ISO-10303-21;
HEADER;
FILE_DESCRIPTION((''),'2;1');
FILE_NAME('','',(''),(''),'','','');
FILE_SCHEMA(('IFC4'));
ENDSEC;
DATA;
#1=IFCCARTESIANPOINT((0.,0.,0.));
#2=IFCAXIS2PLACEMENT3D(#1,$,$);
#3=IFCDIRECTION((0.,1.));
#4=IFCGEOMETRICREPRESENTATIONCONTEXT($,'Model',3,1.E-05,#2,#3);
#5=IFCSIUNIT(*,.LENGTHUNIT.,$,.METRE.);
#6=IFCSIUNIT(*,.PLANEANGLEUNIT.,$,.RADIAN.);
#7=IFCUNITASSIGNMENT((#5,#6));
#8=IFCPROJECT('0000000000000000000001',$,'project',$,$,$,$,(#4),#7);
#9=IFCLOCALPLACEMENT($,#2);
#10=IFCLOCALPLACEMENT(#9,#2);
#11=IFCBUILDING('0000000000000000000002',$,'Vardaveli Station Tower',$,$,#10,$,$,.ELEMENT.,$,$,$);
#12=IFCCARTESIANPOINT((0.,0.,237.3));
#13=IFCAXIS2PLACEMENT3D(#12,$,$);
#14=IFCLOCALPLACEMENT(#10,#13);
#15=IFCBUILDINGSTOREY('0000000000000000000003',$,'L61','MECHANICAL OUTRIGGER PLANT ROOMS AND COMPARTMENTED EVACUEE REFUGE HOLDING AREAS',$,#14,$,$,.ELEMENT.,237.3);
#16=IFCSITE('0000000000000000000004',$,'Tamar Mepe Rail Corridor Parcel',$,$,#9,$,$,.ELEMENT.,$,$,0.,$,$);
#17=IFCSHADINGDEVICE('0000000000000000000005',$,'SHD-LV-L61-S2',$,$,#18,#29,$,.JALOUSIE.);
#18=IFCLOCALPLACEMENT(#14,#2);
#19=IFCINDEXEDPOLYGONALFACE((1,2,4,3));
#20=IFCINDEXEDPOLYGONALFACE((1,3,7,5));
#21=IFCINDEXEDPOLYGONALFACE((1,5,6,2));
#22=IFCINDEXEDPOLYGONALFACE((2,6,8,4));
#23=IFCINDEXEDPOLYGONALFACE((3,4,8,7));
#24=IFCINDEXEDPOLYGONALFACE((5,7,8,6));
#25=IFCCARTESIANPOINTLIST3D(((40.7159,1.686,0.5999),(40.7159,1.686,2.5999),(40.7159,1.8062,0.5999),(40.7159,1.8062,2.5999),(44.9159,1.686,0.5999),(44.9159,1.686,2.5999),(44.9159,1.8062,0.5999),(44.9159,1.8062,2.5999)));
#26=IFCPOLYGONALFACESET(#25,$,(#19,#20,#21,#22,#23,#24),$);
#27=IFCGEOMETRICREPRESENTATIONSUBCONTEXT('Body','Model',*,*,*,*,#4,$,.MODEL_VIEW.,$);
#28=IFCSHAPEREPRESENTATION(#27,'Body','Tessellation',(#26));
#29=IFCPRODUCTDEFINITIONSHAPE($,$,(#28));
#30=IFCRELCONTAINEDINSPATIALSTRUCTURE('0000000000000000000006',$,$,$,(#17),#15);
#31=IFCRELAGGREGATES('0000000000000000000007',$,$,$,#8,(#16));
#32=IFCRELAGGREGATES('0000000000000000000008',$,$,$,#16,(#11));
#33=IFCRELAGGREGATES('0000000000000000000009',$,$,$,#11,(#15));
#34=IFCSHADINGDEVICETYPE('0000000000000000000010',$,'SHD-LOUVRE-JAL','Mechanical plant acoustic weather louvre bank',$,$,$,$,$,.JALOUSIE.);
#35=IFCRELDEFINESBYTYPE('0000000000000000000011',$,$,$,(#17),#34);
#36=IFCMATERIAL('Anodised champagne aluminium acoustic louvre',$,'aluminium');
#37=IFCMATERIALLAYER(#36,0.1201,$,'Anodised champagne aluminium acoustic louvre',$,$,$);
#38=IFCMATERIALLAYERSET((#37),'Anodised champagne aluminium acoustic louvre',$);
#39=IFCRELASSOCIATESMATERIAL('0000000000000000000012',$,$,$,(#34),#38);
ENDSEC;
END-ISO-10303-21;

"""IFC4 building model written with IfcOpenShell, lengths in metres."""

from ifc_helpers import new_model, si_unit, direction, frame, origin, origin_2d, place, context, subcontext, project, spatial, rectangle, extrude, source, transform, mapped, material, layer, layer_set, type_object, element, save


model = new_model("IFC4")

# Units and contexts
model_context = context("Model", 3, precision=1e-05, world=origin(), true_north=direction((0.0, 1.0)))
body_context = subcontext(model_context, "Body", "Model", "MODEL_VIEW")
ifc_project = project(units=[si_unit("LENGTHUNIT", "METRE"), si_unit("PLANEANGLEUNIT", "RADIAN")], contexts=[model_context])

# Site, building, storey
site_placement = place(None, origin())
site = spatial("IfcSite", under=ifc_project, at=site_placement, Name="Tamar Mepe Rail Corridor Parcel", CompositionType="ELEMENT", RefElevation=0.0)
building_placement = place(site_placement, origin())
building = spatial("IfcBuilding", under=site, at=building_placement, Name="Vardaveli Station Tower", CompositionType="ELEMENT")
storey_placement = place(building_placement, frame((0.0, 0.0, 237.3)))
storey = spatial("IfcBuildingStorey", under=building, at=storey_placement, Name="L61", Description="MECHANICAL OUTRIGGER PLANT ROOMS AND COMPARTMENTED EVACUEE REFUGE HOLDING AREAS", CompositionType="ELEMENT", Elevation=237.3)

# Shading device
ifc_material_1 = material(Name="Anodised champagne aluminium acoustic louvre", Category="aluminium")
ifc_layer_1 = layer(ifc_material_1, 0.1201, Name="Anodised champagne aluminium acoustic louvre")
ifc_layer_set_1 = layer_set([ifc_layer_1], Name="Anodised champagne aluminium acoustic louvre")
shading_device_type = type_object("IfcShadingDeviceType", Name="SHD-LOUVRE-JAL", Description="Mechanical plant acoustic weather louvre bank", PredefinedType="JALOUSIE", material=ifc_layer_set_1)
shared_shape_1 = source(origin(), body_context, "Body", "SweptSolid", [
    extrude(rectangle(XDim=4.2, YDim=0.1201, at=origin_2d()), origin(), (0.0, 0.0, 1.0), 2.0),
])
shading_device_placement = place(storey_placement, frame((42.8159, 1.7461, 0.5999), z_axis=(0.0, 0.0, 1.0), x_axis=(1.0, 0.0, 0.0)))
element("IfcShadingDevice", 1, at=shading_device_placement, inside=storey, type_object=shading_device_type, Name="SHD-LV-L61-S2", PredefinedType="JALOUSIE", context=body_context, shape_type="MappedRepresentation", body=[
    mapped(shared_shape_1, transform((0.0, 0.0, 0.0), scale=1.0)),
])

save(model, "model.ifc")
